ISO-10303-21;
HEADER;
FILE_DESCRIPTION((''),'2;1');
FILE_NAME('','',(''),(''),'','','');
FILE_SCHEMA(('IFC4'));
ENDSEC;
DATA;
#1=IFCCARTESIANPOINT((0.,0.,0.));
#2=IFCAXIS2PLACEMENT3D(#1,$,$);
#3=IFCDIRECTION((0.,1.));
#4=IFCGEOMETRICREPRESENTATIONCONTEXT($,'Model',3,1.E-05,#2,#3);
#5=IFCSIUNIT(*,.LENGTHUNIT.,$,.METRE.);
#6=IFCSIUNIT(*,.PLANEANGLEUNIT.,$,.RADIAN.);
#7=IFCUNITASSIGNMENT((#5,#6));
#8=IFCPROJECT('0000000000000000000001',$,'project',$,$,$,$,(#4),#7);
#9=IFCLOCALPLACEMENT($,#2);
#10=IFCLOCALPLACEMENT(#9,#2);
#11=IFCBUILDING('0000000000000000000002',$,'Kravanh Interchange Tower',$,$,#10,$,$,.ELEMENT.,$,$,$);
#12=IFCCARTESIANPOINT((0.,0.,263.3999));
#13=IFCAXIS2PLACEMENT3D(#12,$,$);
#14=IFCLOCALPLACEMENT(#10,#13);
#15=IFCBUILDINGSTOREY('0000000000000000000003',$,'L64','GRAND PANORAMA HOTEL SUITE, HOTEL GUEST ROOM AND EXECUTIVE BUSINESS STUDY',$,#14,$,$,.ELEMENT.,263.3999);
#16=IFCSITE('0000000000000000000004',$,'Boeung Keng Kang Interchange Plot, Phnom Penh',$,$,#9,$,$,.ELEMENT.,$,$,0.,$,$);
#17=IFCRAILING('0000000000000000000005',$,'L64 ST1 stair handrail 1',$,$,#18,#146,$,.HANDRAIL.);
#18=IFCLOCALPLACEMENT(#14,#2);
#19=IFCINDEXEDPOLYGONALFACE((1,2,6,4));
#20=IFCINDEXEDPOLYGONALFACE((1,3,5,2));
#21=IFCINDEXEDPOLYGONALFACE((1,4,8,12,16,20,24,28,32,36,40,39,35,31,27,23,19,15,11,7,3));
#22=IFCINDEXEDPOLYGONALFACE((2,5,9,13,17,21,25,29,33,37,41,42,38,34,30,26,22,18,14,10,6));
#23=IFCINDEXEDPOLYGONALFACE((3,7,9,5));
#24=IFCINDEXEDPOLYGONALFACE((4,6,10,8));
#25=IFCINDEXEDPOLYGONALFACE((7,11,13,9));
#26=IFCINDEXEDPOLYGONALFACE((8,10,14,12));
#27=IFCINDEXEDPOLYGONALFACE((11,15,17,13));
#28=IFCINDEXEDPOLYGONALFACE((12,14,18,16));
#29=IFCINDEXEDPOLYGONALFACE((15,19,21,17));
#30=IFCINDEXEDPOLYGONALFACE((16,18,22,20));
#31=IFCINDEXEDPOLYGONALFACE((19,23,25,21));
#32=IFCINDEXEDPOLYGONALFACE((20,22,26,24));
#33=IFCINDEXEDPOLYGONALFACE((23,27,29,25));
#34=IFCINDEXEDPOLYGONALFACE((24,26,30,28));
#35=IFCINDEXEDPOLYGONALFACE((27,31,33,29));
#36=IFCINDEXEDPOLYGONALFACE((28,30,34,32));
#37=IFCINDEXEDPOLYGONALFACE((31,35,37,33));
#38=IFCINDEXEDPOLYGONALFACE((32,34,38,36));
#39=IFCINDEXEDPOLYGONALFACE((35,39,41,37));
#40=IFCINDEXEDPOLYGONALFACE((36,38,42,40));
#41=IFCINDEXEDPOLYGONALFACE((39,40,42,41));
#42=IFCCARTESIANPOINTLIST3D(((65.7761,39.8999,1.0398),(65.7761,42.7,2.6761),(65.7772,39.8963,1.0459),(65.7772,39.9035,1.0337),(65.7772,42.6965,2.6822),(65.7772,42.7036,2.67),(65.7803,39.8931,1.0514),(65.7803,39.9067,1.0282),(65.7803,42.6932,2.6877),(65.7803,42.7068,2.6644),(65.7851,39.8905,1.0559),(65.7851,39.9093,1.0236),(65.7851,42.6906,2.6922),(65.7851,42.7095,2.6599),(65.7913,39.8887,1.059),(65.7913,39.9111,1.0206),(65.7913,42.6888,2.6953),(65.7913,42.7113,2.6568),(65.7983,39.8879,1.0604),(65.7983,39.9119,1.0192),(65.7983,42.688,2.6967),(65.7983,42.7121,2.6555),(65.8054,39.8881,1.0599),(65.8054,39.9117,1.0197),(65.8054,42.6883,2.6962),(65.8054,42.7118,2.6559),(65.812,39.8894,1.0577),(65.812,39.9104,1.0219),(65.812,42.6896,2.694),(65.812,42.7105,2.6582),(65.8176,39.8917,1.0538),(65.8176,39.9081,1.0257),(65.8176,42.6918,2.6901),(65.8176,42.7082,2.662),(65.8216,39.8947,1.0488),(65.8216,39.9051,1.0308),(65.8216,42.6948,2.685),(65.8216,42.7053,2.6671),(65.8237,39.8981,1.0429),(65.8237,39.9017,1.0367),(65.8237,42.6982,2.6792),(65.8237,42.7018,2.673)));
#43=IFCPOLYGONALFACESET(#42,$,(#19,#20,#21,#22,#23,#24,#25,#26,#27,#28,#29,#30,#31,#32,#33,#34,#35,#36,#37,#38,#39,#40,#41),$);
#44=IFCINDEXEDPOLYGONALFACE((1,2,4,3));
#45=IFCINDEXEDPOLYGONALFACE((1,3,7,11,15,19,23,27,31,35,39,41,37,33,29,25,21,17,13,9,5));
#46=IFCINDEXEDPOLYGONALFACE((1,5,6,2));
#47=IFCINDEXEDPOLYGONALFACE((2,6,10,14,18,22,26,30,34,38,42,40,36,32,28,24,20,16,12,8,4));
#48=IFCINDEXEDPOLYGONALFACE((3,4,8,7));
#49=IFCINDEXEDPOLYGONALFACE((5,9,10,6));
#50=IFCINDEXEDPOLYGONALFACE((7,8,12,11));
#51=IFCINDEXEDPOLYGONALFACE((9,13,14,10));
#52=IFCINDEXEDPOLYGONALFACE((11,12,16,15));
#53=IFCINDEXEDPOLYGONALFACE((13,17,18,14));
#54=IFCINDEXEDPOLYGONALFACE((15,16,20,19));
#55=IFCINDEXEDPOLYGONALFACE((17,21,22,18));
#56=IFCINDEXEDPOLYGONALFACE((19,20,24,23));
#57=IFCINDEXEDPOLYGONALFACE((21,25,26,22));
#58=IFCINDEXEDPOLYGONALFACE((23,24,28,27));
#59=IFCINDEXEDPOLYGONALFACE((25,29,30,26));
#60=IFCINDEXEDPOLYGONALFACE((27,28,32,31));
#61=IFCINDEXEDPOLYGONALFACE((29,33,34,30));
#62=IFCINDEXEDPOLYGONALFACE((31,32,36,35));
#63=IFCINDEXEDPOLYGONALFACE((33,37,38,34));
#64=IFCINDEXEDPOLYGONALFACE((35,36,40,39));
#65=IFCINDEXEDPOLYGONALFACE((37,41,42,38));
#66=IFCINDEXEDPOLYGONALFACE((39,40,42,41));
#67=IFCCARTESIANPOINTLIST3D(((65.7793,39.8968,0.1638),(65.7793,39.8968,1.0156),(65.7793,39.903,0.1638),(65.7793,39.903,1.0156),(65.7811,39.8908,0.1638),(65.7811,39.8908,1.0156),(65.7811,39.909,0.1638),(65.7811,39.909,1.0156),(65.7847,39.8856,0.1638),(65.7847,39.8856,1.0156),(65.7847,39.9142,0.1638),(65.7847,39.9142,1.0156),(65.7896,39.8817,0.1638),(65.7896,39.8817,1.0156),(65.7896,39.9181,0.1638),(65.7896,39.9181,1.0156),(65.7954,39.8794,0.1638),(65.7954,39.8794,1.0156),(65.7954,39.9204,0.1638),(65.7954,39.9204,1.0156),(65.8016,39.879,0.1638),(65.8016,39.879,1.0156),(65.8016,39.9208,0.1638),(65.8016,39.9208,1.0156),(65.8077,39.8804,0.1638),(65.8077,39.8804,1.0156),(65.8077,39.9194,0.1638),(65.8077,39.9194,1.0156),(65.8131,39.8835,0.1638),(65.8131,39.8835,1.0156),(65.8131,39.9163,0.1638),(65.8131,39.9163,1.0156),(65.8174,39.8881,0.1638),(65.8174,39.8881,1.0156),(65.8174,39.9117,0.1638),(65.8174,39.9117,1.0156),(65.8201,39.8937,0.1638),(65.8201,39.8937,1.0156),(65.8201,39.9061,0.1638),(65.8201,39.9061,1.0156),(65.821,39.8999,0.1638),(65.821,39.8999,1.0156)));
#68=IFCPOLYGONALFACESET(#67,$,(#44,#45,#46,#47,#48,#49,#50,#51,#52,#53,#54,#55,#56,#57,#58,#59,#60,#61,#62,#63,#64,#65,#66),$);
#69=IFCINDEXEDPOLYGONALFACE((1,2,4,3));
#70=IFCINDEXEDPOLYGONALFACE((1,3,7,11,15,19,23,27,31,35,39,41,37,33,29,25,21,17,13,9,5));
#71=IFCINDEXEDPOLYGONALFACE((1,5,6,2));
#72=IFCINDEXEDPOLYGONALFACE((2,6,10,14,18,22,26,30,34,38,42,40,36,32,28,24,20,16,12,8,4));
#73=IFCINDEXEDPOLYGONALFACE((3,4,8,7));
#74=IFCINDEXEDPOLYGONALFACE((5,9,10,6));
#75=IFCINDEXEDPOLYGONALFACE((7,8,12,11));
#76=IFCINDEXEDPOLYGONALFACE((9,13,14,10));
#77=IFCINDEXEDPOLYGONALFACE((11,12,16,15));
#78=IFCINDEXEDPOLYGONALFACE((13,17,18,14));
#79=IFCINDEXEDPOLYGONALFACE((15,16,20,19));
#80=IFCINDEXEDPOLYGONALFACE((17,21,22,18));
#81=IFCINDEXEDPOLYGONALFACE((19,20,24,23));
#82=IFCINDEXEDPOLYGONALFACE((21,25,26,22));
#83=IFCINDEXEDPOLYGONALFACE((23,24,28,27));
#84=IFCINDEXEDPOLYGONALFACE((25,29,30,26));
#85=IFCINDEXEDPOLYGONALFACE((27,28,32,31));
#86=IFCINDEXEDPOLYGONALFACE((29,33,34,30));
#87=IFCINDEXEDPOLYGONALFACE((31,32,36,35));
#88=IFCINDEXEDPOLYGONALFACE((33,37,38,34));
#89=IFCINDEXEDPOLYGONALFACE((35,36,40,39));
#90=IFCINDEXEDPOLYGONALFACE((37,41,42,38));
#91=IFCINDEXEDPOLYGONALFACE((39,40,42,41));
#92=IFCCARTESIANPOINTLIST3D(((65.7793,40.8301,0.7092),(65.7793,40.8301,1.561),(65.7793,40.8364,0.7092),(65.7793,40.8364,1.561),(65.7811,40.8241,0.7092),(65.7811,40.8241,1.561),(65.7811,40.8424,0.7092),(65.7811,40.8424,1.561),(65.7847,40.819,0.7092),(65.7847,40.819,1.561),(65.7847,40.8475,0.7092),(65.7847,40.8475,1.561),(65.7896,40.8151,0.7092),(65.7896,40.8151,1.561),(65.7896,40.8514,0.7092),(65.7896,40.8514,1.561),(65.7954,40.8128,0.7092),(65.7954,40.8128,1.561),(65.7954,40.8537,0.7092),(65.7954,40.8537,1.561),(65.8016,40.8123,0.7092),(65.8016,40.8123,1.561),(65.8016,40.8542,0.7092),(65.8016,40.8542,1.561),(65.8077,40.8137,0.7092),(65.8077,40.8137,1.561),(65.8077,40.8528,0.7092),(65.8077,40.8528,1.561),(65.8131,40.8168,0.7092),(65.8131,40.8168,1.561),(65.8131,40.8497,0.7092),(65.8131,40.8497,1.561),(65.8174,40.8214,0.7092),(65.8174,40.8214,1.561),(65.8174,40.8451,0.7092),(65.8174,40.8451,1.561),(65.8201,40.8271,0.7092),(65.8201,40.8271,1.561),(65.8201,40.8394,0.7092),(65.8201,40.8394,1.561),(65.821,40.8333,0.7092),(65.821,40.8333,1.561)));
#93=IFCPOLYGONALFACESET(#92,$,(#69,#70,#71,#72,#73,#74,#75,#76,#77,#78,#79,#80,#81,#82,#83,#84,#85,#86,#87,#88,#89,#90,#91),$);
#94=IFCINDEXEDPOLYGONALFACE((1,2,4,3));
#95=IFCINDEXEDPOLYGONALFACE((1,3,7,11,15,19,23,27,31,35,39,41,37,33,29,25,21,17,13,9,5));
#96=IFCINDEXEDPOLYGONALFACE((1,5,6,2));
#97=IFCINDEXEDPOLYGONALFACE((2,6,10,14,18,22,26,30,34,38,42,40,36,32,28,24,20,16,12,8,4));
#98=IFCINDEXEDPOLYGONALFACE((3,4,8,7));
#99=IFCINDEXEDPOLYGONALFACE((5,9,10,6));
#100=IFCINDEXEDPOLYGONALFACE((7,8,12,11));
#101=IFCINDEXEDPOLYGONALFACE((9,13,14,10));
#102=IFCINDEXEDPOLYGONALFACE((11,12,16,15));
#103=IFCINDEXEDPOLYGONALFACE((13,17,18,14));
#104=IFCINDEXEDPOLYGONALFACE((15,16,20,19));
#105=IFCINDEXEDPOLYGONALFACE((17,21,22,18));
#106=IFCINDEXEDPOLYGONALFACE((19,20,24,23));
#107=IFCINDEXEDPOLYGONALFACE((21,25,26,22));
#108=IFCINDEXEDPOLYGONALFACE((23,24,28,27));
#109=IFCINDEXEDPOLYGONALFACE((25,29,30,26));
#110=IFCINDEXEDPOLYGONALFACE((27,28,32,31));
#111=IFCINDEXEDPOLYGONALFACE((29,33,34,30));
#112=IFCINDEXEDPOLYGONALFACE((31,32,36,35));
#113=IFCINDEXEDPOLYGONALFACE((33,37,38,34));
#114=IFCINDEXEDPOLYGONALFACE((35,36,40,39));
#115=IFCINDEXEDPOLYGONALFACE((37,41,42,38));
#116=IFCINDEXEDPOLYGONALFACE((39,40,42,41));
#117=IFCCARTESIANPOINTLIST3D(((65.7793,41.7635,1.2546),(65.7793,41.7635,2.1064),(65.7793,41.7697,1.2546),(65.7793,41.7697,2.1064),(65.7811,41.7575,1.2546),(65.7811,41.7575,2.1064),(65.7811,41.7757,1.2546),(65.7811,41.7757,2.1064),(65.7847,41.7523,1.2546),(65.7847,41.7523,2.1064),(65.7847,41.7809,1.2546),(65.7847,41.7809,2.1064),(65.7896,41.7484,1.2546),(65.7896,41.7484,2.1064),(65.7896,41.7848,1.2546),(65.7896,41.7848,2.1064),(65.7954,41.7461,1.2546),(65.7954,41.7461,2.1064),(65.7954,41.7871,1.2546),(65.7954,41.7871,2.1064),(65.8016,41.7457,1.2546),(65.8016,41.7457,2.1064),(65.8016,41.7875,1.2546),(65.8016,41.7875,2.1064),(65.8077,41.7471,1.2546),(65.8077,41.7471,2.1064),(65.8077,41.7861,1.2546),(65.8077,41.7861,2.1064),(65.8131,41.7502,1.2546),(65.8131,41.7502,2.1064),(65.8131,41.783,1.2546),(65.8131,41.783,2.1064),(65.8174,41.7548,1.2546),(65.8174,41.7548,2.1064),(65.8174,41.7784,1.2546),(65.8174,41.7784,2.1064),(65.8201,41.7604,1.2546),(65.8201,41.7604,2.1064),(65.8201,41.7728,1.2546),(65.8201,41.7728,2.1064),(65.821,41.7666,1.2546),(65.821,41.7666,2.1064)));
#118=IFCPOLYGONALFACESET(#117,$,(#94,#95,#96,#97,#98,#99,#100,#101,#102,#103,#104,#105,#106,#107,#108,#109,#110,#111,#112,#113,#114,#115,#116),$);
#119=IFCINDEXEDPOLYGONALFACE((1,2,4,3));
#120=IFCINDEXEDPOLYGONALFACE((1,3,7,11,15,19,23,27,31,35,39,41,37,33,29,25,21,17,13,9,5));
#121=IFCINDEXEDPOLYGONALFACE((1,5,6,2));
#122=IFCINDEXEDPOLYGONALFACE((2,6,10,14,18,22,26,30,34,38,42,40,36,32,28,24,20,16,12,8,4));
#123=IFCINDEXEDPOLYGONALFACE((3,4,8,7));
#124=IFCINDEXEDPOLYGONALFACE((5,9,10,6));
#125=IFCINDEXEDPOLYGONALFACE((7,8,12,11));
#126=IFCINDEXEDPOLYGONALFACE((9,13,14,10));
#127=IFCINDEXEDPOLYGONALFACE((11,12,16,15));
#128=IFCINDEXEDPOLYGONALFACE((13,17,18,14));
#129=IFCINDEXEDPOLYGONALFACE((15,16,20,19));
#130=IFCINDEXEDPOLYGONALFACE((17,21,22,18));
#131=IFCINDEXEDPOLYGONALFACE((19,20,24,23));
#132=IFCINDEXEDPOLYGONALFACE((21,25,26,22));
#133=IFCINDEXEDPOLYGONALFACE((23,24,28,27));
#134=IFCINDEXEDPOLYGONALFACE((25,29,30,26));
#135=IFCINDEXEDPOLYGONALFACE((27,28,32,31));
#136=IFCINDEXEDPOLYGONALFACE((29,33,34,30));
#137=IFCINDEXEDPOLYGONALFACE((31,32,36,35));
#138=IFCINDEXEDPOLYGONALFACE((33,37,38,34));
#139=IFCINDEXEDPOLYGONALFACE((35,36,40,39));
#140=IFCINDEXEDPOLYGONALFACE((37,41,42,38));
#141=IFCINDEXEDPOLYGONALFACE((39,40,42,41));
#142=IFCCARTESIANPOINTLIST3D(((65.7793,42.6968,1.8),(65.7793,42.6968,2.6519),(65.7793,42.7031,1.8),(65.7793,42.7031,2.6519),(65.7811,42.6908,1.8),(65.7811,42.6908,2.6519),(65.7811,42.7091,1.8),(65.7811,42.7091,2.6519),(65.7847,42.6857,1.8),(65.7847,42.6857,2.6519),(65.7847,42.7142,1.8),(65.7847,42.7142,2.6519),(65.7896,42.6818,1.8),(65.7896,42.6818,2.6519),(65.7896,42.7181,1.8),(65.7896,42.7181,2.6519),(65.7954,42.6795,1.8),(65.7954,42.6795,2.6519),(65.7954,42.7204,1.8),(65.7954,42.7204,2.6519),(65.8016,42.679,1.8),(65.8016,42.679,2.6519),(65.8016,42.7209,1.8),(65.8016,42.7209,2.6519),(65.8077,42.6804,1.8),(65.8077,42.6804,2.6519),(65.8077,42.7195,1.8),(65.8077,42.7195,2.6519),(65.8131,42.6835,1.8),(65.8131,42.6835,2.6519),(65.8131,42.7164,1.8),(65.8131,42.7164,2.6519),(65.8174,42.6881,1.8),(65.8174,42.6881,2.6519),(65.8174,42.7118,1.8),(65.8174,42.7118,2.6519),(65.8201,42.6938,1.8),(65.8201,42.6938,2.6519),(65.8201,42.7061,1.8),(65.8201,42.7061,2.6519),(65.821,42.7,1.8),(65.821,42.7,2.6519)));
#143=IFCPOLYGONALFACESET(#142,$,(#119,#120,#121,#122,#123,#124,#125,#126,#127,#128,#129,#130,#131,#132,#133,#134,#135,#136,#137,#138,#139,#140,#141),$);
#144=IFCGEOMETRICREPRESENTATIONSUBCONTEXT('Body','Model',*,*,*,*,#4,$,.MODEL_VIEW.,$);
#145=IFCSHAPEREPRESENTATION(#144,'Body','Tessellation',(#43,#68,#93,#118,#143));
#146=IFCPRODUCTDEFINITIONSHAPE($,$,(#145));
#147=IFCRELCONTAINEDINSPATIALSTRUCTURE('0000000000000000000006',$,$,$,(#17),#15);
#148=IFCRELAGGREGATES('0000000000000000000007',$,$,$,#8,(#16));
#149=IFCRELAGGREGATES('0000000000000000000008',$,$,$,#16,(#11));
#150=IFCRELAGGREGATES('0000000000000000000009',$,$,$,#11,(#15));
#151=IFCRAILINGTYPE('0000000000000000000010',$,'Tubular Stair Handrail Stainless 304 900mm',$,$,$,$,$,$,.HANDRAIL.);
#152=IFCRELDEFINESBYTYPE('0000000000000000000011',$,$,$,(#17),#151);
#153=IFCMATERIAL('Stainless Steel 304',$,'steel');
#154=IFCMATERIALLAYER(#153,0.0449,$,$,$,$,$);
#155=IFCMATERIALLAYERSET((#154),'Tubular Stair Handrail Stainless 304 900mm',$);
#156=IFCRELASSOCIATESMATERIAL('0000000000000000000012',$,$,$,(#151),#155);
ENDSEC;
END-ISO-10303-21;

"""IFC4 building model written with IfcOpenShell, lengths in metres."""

from ifc_helpers import new_model, si_unit, direction, frame, origin, origin_2d, place, context, subcontext, project, spatial, circle, extrude, material, layer, layer_set, type_object, element, save


model = new_model("IFC4")

# Units and contexts
model_context = context("Model", 3, precision=1e-05, world=origin(), true_north=direction((0.0, 1.0)))
body_context = subcontext(model_context, "Body", "Model", "MODEL_VIEW")
ifc_project = project(units=[si_unit("LENGTHUNIT", "METRE"), si_unit("PLANEANGLEUNIT", "RADIAN")], contexts=[model_context])

# Site, building, storey
site_placement = place(None, origin())
site = spatial("IfcSite", under=ifc_project, at=site_placement, Name="Boeung Keng Kang Interchange Plot, Phnom Penh", CompositionType="ELEMENT", RefElevation=0.0)
building_placement = place(site_placement, origin())
building = spatial("IfcBuilding", under=site, at=building_placement, Name="Kravanh Interchange Tower", CompositionType="ELEMENT")
storey_placement = place(building_placement, frame((0.0, 0.0, 263.3999)))
storey = spatial("IfcBuildingStorey", under=building, at=storey_placement, Name="L64", Description="GRAND PANORAMA HOTEL SUITE, HOTEL GUEST ROOM AND EXECUTIVE BUSINESS STUDY", CompositionType="ELEMENT", Elevation=263.3999)

# Railing
ifc_material_1 = material(Name="Stainless Steel 304", Category="steel")
ifc_layer_1 = layer(ifc_material_1, 0.0449)
ifc_layer_set_1 = layer_set([ifc_layer_1], Name="Tubular Stair Handrail Stainless 304 900mm")
railing_type_1 = type_object("IfcRailingType", Name="Tubular Stair Handrail Stainless 304 900mm", PredefinedType="HANDRAIL", material=ifc_layer_set_1)
railing_1_placement = place(storey_placement, frame((65.8, 39.8999, 0.1638)))
element("IfcRailing", 1, at=railing_1_placement, inside=storey, type_object=railing_type_1, Name="L64 ST1 stair handrail 1", PredefinedType="HANDRAIL", context=body_context, shape_type="SweptSolid", body=[
    extrude(circle(Radius=0.0239, at=origin_2d()), frame((0.0, 0.0, 0.876), z_axis=(0.0, 0.863394, 0.504531), x_axis=(-1.0, 0.0, 0.0)), (0.0, 0.0, 1.0), 3.2432),
    extrude(circle(Radius=0.021, at=origin_2d()), origin(), (0.0, 0.0, 1.0), 0.8518),
    extrude(circle(Radius=0.021, at=origin_2d()), frame((0.0, 0.9333, 0.5454)), (0.0, 0.0, 1.0), 0.8518),
    extrude(circle(Radius=0.021, at=origin_2d()), frame((0.0, 1.8667, 1.0908)), (0.0, 0.0, 1.0), 0.8518),
    extrude(circle(Radius=0.021, at=origin_2d()), frame((0.0, 2.8, 1.6362)), (0.0, 0.0, 1.0), 0.8518),
])

save(model, "model.ifc")
